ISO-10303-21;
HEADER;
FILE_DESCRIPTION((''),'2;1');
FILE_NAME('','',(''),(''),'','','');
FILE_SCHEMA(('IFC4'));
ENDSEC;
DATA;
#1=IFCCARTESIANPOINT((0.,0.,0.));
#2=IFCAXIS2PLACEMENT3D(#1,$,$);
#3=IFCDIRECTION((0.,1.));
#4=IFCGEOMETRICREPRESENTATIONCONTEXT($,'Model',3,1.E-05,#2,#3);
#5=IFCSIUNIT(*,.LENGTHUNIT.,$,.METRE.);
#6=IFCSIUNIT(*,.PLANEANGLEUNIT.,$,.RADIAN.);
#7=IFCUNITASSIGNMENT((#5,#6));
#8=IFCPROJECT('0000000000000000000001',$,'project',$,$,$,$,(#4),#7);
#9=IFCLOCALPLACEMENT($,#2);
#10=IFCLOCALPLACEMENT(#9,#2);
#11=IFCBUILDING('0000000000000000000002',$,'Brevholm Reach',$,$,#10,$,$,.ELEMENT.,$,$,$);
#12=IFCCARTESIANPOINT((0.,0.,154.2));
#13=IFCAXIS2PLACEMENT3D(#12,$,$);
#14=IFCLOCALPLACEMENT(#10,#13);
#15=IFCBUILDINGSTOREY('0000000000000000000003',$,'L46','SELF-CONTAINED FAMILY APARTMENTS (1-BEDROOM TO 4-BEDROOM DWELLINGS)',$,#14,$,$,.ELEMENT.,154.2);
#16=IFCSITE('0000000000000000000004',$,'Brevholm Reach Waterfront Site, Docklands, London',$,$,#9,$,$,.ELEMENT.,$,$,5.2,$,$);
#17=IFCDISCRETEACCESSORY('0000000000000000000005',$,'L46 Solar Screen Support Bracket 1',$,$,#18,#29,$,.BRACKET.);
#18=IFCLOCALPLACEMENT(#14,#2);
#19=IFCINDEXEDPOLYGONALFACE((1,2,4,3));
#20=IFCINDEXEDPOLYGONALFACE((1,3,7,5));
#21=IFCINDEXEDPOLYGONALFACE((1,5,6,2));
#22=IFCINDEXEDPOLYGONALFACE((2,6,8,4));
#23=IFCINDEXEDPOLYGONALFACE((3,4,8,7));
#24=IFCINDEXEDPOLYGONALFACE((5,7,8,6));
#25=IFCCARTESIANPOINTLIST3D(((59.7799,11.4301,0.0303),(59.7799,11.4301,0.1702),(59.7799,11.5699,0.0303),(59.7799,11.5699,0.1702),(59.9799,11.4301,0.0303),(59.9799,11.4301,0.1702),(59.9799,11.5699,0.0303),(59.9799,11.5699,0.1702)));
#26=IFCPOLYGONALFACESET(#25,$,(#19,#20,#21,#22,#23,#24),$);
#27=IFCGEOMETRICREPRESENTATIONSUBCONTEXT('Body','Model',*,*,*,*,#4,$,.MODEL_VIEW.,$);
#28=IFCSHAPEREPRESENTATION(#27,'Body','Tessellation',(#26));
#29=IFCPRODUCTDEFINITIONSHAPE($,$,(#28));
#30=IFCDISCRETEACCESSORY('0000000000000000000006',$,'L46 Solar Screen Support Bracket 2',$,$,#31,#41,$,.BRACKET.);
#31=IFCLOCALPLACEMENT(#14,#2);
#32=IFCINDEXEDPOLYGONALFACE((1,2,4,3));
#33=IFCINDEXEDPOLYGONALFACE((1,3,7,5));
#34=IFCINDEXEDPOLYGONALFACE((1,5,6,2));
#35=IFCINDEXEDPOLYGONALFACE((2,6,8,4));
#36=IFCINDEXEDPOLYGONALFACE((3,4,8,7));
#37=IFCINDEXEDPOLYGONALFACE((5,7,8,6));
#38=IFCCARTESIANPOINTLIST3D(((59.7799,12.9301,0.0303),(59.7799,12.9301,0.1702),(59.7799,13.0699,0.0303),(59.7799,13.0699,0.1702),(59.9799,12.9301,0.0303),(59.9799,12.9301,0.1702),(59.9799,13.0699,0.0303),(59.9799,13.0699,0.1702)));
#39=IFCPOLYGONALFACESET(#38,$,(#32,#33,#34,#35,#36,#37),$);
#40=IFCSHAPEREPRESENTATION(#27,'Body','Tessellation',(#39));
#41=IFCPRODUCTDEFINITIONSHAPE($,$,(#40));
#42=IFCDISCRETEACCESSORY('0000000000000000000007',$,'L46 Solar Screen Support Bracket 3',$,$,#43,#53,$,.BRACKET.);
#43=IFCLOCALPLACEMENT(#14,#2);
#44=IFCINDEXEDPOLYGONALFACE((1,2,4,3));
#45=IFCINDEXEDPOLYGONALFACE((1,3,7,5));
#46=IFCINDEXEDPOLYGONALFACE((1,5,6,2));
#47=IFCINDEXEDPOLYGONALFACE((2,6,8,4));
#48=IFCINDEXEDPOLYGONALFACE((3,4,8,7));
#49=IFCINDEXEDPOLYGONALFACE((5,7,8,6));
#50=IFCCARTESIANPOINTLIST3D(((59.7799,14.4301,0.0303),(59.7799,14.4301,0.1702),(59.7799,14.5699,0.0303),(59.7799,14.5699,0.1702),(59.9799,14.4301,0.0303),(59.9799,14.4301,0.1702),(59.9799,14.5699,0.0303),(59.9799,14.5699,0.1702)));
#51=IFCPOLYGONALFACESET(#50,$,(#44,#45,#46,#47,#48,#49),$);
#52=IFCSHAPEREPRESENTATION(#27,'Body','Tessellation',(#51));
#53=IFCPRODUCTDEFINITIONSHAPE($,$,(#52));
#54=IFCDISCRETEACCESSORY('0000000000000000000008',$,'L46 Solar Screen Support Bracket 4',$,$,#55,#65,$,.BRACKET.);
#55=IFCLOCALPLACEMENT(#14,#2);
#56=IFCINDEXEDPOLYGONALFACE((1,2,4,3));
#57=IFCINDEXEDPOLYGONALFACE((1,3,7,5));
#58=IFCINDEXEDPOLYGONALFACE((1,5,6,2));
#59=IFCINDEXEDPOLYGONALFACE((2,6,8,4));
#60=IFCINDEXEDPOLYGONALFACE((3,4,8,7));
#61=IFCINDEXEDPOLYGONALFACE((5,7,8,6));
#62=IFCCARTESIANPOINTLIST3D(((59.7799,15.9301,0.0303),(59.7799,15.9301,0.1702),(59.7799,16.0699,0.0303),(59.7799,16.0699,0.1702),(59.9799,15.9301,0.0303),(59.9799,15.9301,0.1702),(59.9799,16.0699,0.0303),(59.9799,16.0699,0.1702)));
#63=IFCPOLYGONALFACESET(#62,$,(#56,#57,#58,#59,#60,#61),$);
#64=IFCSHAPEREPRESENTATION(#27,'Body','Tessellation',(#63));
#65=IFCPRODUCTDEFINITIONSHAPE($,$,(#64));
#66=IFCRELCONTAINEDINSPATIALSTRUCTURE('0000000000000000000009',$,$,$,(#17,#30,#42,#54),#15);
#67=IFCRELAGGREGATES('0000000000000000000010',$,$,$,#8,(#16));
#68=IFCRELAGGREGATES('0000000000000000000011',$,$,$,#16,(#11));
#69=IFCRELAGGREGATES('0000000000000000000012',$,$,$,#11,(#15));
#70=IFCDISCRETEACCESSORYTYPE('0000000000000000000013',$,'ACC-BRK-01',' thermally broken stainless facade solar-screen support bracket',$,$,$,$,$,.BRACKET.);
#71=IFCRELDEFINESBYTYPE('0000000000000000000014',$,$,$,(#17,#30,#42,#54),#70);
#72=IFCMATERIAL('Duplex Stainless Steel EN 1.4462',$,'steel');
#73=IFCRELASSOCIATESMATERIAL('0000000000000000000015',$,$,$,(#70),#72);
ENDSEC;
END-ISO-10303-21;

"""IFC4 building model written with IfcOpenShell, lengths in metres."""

from ifc_helpers import new_model, si_unit, direction, frame, origin, origin_2d, place, context, subcontext, project, spatial, rectangle, extrude, material, type_object, element, save


model = new_model("IFC4")

# Units and contexts
model_context = context("Model", 3, precision=1e-05, world=origin(), true_north=direction((0.0, 1.0)))
body_context = subcontext(model_context, "Body", "Model", "MODEL_VIEW")
ifc_project = project(units=[si_unit("LENGTHUNIT", "METRE"), si_unit("PLANEANGLEUNIT", "RADIAN")], contexts=[model_context])

# Site, building, storey
site_placement = place(None, origin())
site = spatial("IfcSite", under=ifc_project, at=site_placement, Name="Brevholm Reach Waterfront Site, Docklands, London", CompositionType="ELEMENT", RefElevation=5.2)
building_placement = place(site_placement, origin())
building = spatial("IfcBuilding", under=site, at=building_placement, Name="Brevholm Reach", CompositionType="ELEMENT")
storey_placement = place(building_placement, frame((0.0, 0.0, 154.2)))
storey = spatial("IfcBuildingStorey", under=building, at=storey_placement, Name="L46", Description="SELF-CONTAINED FAMILY APARTMENTS (1-BEDROOM TO 4-BEDROOM DWELLINGS)", CompositionType="ELEMENT", Elevation=154.2)

# Discrete accessories
ifc_material_1 = material(Name="Duplex Stainless Steel EN 1.4462", Category="steel")
discrete_accessory_type = type_object("IfcDiscreteAccessoryType", Name="ACC-BRK-01", Description=" thermally broken stainless facade solar-screen support bracket", PredefinedType="BRACKET", material=ifc_material_1)
for number, where, z_axis, x_axis, name in (
    (1, (59.8799, 11.5, 0.0303), (0.0, 0.0, 1.0), (1.0, 0.0, 0.0), "L46 Solar Screen Support Bracket 1"),
    (2, (59.8799, 13.0, 0.0303), (0.0, 0.0, 1.0), (1.0, 0.0, 0.0), "L46 Solar Screen Support Bracket 2"),
    (3, (59.8799, 14.5, 0.0303), (0.0, 0.0, 1.0), (1.0, 0.0, 0.0), "L46 Solar Screen Support Bracket 3"),
    (4, (59.8799, 16.0, 0.0303), (0.0, 0.0, 1.0), (1.0, 0.0, 0.0), "L46 Solar Screen Support Bracket 4"),
):
    element("IfcDiscreteAccessory", number, at=place(storey_placement, frame(where, z_axis=z_axis, x_axis=x_axis)), inside=storey, type_object=discrete_accessory_type, Name=name, PredefinedType="BRACKET", context=body_context, shape_type="SweptSolid", body=[
        extrude(rectangle(XDim=0.2, YDim=0.1399, at=origin_2d()), origin(), (0.0, 0.0, 1.0), 0.1399),
    ])

save(model, "model.ifc")
